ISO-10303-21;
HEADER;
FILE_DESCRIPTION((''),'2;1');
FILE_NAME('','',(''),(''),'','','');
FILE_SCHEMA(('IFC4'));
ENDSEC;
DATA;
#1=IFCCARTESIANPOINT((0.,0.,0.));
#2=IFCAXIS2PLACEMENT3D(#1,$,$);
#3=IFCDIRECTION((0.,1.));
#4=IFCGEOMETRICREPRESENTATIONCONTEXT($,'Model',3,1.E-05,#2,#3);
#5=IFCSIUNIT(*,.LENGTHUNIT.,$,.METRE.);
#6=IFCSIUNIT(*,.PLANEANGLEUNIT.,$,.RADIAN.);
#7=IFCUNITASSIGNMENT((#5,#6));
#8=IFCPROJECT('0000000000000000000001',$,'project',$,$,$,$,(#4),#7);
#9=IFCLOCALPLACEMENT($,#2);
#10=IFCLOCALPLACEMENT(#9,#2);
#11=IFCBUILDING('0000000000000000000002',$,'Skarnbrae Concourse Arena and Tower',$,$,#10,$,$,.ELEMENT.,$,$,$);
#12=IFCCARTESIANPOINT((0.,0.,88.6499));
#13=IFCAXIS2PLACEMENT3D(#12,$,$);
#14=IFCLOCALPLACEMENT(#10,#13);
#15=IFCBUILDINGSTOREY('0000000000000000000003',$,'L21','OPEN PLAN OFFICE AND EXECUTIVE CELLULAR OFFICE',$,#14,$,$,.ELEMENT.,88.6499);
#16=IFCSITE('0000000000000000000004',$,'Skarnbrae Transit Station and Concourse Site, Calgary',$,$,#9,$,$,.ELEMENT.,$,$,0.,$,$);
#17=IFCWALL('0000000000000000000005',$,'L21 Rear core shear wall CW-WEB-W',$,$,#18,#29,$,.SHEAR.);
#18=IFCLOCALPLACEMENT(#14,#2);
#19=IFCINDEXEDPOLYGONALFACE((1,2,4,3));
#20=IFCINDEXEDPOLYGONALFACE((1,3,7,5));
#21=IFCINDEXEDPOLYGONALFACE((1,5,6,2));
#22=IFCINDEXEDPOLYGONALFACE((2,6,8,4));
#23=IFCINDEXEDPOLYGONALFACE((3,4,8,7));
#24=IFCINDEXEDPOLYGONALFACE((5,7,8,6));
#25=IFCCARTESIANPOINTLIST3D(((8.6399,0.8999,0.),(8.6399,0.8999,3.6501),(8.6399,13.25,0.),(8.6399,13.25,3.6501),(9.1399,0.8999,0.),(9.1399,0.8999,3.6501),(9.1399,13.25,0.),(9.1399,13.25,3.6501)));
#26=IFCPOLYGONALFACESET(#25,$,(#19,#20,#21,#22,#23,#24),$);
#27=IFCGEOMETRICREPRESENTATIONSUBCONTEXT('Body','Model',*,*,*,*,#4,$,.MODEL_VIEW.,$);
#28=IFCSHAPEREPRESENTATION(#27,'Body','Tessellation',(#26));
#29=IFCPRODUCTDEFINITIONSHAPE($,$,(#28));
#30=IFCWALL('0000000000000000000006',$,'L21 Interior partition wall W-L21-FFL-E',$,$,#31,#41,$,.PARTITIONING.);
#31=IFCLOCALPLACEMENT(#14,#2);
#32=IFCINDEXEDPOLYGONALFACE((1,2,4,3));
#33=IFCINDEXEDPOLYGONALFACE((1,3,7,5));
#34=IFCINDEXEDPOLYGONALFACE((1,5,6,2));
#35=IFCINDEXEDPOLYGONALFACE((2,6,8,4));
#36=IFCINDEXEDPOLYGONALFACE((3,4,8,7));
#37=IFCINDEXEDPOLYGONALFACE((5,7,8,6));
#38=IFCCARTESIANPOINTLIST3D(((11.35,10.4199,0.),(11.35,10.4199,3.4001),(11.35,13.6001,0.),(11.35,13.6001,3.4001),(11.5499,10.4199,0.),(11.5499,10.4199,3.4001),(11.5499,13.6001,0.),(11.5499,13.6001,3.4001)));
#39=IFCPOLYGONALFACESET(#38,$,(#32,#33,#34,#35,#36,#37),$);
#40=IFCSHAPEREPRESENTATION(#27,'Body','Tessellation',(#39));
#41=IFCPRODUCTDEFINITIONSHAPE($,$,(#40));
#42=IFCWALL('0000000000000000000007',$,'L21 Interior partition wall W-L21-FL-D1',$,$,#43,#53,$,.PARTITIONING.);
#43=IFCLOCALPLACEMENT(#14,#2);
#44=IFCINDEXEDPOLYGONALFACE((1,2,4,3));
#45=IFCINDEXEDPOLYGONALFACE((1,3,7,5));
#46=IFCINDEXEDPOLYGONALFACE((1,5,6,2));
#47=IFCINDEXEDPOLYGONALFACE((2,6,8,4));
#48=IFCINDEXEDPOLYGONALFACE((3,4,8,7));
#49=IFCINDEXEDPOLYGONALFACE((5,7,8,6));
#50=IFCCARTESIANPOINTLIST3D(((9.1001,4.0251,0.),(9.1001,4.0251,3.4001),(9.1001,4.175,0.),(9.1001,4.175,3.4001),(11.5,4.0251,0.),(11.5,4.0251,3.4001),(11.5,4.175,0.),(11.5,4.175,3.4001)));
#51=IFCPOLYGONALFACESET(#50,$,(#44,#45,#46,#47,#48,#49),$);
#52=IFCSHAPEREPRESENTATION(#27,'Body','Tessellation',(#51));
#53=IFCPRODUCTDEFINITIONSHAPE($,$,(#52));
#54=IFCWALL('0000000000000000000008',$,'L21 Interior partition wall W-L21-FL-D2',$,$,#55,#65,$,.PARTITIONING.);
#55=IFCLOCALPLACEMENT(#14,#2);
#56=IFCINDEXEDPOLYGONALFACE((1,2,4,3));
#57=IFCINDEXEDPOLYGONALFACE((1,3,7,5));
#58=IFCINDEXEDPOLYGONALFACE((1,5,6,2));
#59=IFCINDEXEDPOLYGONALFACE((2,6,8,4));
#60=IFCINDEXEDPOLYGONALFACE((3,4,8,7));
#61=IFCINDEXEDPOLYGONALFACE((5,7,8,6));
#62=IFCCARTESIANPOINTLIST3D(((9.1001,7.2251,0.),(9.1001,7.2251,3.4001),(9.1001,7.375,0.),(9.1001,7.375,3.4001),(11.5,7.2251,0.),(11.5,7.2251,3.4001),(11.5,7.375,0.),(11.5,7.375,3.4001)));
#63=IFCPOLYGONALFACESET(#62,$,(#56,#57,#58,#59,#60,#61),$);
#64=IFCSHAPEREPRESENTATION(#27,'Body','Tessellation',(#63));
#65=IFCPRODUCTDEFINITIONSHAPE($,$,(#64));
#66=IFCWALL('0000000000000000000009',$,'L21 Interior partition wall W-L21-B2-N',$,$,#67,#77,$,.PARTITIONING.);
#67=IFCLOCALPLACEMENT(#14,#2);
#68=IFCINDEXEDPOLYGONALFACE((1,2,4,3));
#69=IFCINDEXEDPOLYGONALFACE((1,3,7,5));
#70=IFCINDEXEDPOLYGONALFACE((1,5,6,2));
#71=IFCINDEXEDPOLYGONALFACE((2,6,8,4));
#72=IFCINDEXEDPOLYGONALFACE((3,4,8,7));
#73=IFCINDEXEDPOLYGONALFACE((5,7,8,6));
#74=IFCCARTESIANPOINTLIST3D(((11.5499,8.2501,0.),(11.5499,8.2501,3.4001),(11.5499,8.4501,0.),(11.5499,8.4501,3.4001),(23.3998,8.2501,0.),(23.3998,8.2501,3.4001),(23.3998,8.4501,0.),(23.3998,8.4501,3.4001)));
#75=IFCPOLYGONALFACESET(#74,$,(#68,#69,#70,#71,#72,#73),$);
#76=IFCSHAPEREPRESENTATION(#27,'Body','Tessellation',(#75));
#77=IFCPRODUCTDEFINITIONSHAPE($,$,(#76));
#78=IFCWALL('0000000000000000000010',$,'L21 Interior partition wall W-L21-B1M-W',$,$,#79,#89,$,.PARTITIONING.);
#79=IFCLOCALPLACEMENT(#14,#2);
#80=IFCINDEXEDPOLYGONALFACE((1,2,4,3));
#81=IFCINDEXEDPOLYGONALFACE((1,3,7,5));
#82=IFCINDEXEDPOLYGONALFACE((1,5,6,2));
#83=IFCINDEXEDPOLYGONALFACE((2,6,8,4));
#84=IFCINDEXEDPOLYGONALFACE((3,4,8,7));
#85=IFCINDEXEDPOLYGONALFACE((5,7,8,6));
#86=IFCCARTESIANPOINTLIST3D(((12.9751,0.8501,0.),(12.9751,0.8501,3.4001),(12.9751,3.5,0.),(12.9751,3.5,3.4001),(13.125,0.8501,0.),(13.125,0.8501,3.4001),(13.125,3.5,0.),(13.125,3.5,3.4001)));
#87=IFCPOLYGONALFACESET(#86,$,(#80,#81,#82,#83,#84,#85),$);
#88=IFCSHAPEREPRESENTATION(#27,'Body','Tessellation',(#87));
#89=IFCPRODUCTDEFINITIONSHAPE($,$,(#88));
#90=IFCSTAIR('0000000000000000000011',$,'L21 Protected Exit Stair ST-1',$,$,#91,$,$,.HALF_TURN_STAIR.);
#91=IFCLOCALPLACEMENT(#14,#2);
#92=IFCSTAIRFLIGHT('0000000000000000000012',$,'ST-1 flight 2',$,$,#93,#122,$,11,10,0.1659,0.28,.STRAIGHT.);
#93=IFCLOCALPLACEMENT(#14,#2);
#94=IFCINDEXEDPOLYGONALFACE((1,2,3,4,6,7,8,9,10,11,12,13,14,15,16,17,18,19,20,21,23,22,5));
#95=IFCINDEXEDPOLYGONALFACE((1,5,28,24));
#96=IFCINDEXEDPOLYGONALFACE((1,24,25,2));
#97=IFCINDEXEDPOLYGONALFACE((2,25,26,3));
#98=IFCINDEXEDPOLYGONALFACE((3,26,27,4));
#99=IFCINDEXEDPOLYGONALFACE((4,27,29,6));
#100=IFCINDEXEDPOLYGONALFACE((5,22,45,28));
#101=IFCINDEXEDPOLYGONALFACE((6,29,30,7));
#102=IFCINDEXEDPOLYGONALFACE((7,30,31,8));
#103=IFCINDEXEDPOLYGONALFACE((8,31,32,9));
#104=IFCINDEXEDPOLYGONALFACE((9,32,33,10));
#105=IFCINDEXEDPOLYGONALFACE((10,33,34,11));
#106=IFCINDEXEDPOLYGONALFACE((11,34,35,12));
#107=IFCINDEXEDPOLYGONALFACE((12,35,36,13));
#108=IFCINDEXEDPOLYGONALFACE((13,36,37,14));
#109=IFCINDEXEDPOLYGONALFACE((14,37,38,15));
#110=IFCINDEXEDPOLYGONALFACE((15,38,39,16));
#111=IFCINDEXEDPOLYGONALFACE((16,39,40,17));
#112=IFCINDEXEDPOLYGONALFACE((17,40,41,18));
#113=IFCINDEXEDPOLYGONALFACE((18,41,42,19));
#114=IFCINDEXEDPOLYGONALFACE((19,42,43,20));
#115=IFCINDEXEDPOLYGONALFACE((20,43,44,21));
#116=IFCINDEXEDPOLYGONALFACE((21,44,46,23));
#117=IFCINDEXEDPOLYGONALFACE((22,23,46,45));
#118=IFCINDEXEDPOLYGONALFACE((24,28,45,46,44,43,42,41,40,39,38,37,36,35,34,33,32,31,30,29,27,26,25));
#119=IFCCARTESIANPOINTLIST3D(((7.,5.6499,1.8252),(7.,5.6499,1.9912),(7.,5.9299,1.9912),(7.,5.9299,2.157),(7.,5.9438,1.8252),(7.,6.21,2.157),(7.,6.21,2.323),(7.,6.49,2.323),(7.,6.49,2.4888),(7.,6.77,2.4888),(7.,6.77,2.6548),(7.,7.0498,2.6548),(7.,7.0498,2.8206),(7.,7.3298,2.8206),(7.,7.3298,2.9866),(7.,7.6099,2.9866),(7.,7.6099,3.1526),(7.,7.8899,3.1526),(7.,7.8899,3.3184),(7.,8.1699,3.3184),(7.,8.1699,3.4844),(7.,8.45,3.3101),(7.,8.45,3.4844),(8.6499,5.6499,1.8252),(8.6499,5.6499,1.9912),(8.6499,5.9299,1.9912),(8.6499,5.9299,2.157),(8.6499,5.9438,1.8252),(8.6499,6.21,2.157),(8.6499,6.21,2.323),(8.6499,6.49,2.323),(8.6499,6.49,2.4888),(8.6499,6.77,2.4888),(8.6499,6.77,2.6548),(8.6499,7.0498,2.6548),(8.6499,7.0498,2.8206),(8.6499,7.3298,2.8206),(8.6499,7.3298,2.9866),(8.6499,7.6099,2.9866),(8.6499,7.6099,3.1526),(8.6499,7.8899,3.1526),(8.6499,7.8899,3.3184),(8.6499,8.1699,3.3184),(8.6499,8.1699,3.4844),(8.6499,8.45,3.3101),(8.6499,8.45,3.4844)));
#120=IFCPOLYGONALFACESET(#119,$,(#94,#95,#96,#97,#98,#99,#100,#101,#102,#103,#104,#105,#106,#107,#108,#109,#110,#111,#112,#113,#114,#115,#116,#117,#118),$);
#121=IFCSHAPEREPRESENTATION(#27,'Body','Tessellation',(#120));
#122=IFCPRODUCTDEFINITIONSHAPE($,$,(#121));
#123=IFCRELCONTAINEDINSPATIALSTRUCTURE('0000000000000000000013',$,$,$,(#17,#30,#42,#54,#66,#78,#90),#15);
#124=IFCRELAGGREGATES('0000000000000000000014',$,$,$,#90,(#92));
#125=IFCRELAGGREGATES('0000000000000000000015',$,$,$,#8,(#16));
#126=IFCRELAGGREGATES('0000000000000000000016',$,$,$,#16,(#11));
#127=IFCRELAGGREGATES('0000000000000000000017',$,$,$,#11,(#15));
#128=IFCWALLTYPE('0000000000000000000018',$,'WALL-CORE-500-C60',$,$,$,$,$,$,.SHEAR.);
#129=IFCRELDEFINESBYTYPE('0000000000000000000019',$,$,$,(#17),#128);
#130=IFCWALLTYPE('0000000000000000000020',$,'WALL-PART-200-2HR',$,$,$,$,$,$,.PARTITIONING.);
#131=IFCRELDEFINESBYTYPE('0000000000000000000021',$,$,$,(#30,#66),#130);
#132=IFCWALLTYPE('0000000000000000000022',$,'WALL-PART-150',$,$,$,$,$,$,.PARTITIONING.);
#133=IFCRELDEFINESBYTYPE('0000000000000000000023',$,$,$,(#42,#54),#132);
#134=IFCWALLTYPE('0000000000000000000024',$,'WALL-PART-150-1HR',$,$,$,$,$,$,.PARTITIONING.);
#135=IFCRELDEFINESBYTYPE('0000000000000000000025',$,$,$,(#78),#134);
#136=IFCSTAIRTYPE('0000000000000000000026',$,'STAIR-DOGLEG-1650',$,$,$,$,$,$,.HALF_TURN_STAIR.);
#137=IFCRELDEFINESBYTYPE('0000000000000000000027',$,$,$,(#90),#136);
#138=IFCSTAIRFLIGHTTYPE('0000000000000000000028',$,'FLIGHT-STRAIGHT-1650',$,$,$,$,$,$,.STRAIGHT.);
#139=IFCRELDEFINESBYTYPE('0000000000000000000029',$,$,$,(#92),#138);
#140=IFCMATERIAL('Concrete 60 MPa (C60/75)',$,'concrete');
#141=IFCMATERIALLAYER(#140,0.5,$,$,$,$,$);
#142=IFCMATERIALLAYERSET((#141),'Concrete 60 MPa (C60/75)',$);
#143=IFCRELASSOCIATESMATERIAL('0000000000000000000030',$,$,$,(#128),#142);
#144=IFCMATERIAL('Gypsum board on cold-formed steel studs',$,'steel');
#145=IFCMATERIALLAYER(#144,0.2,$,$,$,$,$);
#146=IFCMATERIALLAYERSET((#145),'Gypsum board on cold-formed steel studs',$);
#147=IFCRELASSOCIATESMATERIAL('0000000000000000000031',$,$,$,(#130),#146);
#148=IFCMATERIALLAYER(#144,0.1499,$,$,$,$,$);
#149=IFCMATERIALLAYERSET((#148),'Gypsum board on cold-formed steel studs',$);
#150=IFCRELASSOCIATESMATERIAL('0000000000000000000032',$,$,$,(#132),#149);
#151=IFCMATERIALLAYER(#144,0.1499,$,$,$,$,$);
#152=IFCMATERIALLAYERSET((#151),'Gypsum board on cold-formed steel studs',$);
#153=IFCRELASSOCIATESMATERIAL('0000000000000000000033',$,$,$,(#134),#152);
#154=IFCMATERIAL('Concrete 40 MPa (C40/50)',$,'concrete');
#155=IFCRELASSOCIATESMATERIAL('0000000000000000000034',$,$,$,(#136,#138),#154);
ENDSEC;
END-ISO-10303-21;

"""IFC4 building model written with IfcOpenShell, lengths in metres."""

from ifc_helpers import new_model, si_unit, direction, frame, frame_2d, origin, place, context, subcontext, project, spatial, polyline, rectangle, outline, extrude, source, transform, mapped, material, layer, layer_set, type_object, element, aggregate, save


model = new_model("IFC4")

# Units and contexts
model_context = context("Model", 3, precision=1e-05, world=origin(), true_north=direction((0.0, 1.0)))
body_context = subcontext(model_context, "Body", "Model", "MODEL_VIEW")
ifc_project = project(units=[si_unit("LENGTHUNIT", "METRE"), si_unit("PLANEANGLEUNIT", "RADIAN")], contexts=[model_context])

# Site, building, storey
site_placement = place(None, origin())
site = spatial("IfcSite", under=ifc_project, at=site_placement, Name="Skarnbrae Transit Station and Concourse Site, Calgary", CompositionType="ELEMENT", RefElevation=0.0)
building_placement = place(site_placement, origin())
building = spatial("IfcBuilding", under=site, at=building_placement, Name="Skarnbrae Concourse Arena and Tower", CompositionType="ELEMENT")
storey_placement = place(building_placement, frame((0.0, 0.0, 88.6499)))
storey = spatial("IfcBuildingStorey", under=building, at=storey_placement, Name="L21", Description="OPEN PLAN OFFICE AND EXECUTIVE CELLULAR OFFICE", CompositionType="ELEMENT", Elevation=88.6499)

# Walls
ifc_material_1 = material(Name="Concrete 60 MPa (C60/75)", Category="concrete")
ifc_layer_1 = layer(ifc_material_1, 0.5)
ifc_layer_set_1 = layer_set([ifc_layer_1], Name="Concrete 60 MPa (C60/75)")
wall_type_1 = type_object("IfcWallType", Name="WALL-CORE-500-C60", PredefinedType="SHEAR", material=ifc_layer_set_1)
shared_shape_1 = source(origin(), body_context, "Body", "SweptSolid", [
    extrude(rectangle(XDim=12.3501, YDim=0.5, at=frame_2d((6.175, 0.0))), origin(), (0.0, 0.0, 1.0), 3.6501),
])
wall_1_placement = place(storey_placement, frame((8.8899, 0.8999, 0.0), z_axis=(0.0, 0.0, 1.0), x_axis=(0.0, 1.0, 0.0)))
element("IfcWall", 1, at=wall_1_placement, inside=storey, type_object=wall_type_1, Name="L21 Rear core shear wall CW-WEB-W", PredefinedType="SHEAR", context=body_context, shape_type="MappedRepresentation", body=[
    mapped(shared_shape_1, transform((0.0, 0.0, 0.0))),
])
ifc_material_2 = material(Name="Gypsum board on cold-formed steel studs", Category="steel")
ifc_layer_2 = layer(ifc_material_2, 0.2)
ifc_layer_set_2 = layer_set([ifc_layer_2], Name="Gypsum board on cold-formed steel studs")
wall_type_2 = type_object("IfcWallType", Name="WALL-PART-200-2HR", PredefinedType="PARTITIONING", material=ifc_layer_set_2)
shared_shape_2 = source(origin(), body_context, "Body", "SweptSolid", [
    extrude(rectangle(XDim=3.1802, YDim=0.2, at=frame_2d((1.5901, 0.0))), origin(), (0.0, 0.0, 1.0), 3.4001),
])
wall_2_placement = place(storey_placement, frame((11.45, 10.4199, 0.0), z_axis=(0.0, 0.0, 1.0), x_axis=(0.0, 1.0, 0.0)))
element("IfcWall", 2, at=wall_2_placement, inside=storey, type_object=wall_type_2, Name="L21 Interior partition wall W-L21-FFL-E", PredefinedType="PARTITIONING", context=body_context, shape_type="MappedRepresentation", body=[
    mapped(shared_shape_2, transform((0.0, 0.0, 0.0))),
])

# Walls
ifc_layer_3 = layer(ifc_material_2, 0.1499)
ifc_layer_set_3 = layer_set([ifc_layer_3], Name="Gypsum board on cold-formed steel studs")
wall_type_3 = type_object("IfcWallType", Name="WALL-PART-150", PredefinedType="PARTITIONING", material=ifc_layer_set_3)
shared_shape_3 = source(origin(), body_context, "Body", "SweptSolid", [
    extrude(rectangle(XDim=2.3999, YDim=0.1499, at=frame_2d((1.2, 0.0))), origin(), (0.0, 0.0, 1.0), 3.4001),
])
for number, where, z_axis, x_axis, name in (
    (3, (9.1001, 4.1001, 0.0), (0.0, 0.0, 1.0), (1.0, 0.0, 0.0), "L21 Interior partition wall W-L21-FL-D1"),
    (4, (9.1001, 7.3, 0.0), (0.0, 0.0, 1.0), (1.0, 0.0, 0.0), "L21 Interior partition wall W-L21-FL-D2"),
):
    element("IfcWall", number, at=place(storey_placement, frame(where, z_axis=z_axis, x_axis=x_axis)), inside=storey, type_object=wall_type_3, Name=name, PredefinedType="PARTITIONING", context=body_context, shape_type="MappedRepresentation", body=[
        mapped(shared_shape_3, transform((0.0, 0.0, 0.0))),
    ])

# Shared definitions
shared_shape_4 = source(origin(), body_context, "Body", "SweptSolid", [
    extrude(rectangle(XDim=11.8499, YDim=0.2, at=frame_2d((5.9248, 0.0))), origin(), (0.0, 0.0, 1.0), 3.4001),
])

# Walls
wall_3_placement = place(storey_placement, frame((11.55, 8.3501, 0.0), z_axis=(0.0, 0.0, 1.0), x_axis=(1.0, 0.0, 0.0)))
element("IfcWall", 5, at=wall_3_placement, inside=storey, type_object=wall_type_2, Name="L21 Interior partition wall W-L21-B2-N", PredefinedType="PARTITIONING", context=body_context, shape_type="MappedRepresentation", body=[
    mapped(shared_shape_4, transform((0.0, 0.0, 0.0))),
])
ifc_layer_4 = layer(ifc_material_2, 0.1499)
ifc_layer_set_4 = layer_set([ifc_layer_4], Name="Gypsum board on cold-formed steel studs")
wall_type_4 = type_object("IfcWallType", Name="WALL-PART-150-1HR", PredefinedType="PARTITIONING", material=ifc_layer_set_4)
shared_shape_5 = source(origin(), body_context, "Body", "SweptSolid", [
    extrude(rectangle(XDim=2.6499, YDim=0.1499, at=frame_2d((1.325, 0.0))), origin(), (0.0, 0.0, 1.0), 3.4001),
])
wall_4_placement = place(storey_placement, frame((13.05, 0.8501, 0.0), z_axis=(0.0, 0.0, 1.0), x_axis=(0.0, 1.0, 0.0)))
element("IfcWall", 6, at=wall_4_placement, inside=storey, type_object=wall_type_4, Name="L21 Interior partition wall W-L21-B1M-W", PredefinedType="PARTITIONING", context=body_context, shape_type="MappedRepresentation", body=[
    mapped(shared_shape_5, transform((0.0, 0.0, 0.0))),
])

# Stair, stair flight
ifc_material_3 = material(Name="Concrete 40 MPa (C40/50)", Category="concrete")
stair_type = type_object("IfcStairType", Name="STAIR-DOGLEG-1650", PredefinedType="HALF_TURN_STAIR", material=ifc_material_3)
stair_placement = place(storey_placement, origin())
stair = element("IfcStair", 7, at=stair_placement, inside=storey, type_object=stair_type, Name="L21 Protected Exit Stair ST-1", PredefinedType="HALF_TURN_STAIR")
stair_flight_type = type_object("IfcStairFlightType", Name="FLIGHT-STRAIGHT-1650", PredefinedType="STRAIGHT", material=ifc_material_3)
shared_shape_6 = source(origin(), body_context, "Body", "SweptSolid", [
    extrude(outline(polyline([(0.0, 0.0), (0.0, 0.166), (0.28, 0.166), (0.28, 0.3318), (0.5601, 0.3318), (0.5601, 0.4978), (0.8401, 0.4978), (0.8401, 0.6636), (1.1201, 0.6636), (1.1201, 0.8296), (1.3999, 0.8296), (1.3999, 0.9954), (1.6799, 0.9954), (1.6799, 1.1614), (1.96, 1.1614), (1.96, 1.3274), (2.24, 1.3274), (2.24, 1.4932), (2.52, 1.4932), (2.52, 1.6592), (2.8, 1.6592), (2.8, 1.825), (2.8, 1.4849), (0.2939, 0.0), (0.0, 0.0)])), frame((0.0, 0.825, 0.0), z_axis=(0.0, -1.0, 0.0), x_axis=(1.0, 0.0, 0.0)), (0.0, 0.0, 1.0), 1.6499),
])
stair_flight_placement = place(storey_placement, frame((7.825, 5.6499, 1.8252), z_axis=(0.0, 0.0, 1.0), x_axis=(0.0, 1.0, 0.0)))
stair_flight = element("IfcStairFlight", 8, at=stair_flight_placement, type_object=stair_flight_type, Name="ST-1 flight 2", NumberOfRisers=11, NumberOfTreads=10, PredefinedType="STRAIGHT", RiserHeight=0.1659, TreadLength=0.28, context=body_context, shape_type="MappedRepresentation", body=[
    mapped(shared_shape_6, transform((0.0, 0.0, 0.0))),
])
aggregate(stair, [stair_flight])

save(model, "model.ifc")
